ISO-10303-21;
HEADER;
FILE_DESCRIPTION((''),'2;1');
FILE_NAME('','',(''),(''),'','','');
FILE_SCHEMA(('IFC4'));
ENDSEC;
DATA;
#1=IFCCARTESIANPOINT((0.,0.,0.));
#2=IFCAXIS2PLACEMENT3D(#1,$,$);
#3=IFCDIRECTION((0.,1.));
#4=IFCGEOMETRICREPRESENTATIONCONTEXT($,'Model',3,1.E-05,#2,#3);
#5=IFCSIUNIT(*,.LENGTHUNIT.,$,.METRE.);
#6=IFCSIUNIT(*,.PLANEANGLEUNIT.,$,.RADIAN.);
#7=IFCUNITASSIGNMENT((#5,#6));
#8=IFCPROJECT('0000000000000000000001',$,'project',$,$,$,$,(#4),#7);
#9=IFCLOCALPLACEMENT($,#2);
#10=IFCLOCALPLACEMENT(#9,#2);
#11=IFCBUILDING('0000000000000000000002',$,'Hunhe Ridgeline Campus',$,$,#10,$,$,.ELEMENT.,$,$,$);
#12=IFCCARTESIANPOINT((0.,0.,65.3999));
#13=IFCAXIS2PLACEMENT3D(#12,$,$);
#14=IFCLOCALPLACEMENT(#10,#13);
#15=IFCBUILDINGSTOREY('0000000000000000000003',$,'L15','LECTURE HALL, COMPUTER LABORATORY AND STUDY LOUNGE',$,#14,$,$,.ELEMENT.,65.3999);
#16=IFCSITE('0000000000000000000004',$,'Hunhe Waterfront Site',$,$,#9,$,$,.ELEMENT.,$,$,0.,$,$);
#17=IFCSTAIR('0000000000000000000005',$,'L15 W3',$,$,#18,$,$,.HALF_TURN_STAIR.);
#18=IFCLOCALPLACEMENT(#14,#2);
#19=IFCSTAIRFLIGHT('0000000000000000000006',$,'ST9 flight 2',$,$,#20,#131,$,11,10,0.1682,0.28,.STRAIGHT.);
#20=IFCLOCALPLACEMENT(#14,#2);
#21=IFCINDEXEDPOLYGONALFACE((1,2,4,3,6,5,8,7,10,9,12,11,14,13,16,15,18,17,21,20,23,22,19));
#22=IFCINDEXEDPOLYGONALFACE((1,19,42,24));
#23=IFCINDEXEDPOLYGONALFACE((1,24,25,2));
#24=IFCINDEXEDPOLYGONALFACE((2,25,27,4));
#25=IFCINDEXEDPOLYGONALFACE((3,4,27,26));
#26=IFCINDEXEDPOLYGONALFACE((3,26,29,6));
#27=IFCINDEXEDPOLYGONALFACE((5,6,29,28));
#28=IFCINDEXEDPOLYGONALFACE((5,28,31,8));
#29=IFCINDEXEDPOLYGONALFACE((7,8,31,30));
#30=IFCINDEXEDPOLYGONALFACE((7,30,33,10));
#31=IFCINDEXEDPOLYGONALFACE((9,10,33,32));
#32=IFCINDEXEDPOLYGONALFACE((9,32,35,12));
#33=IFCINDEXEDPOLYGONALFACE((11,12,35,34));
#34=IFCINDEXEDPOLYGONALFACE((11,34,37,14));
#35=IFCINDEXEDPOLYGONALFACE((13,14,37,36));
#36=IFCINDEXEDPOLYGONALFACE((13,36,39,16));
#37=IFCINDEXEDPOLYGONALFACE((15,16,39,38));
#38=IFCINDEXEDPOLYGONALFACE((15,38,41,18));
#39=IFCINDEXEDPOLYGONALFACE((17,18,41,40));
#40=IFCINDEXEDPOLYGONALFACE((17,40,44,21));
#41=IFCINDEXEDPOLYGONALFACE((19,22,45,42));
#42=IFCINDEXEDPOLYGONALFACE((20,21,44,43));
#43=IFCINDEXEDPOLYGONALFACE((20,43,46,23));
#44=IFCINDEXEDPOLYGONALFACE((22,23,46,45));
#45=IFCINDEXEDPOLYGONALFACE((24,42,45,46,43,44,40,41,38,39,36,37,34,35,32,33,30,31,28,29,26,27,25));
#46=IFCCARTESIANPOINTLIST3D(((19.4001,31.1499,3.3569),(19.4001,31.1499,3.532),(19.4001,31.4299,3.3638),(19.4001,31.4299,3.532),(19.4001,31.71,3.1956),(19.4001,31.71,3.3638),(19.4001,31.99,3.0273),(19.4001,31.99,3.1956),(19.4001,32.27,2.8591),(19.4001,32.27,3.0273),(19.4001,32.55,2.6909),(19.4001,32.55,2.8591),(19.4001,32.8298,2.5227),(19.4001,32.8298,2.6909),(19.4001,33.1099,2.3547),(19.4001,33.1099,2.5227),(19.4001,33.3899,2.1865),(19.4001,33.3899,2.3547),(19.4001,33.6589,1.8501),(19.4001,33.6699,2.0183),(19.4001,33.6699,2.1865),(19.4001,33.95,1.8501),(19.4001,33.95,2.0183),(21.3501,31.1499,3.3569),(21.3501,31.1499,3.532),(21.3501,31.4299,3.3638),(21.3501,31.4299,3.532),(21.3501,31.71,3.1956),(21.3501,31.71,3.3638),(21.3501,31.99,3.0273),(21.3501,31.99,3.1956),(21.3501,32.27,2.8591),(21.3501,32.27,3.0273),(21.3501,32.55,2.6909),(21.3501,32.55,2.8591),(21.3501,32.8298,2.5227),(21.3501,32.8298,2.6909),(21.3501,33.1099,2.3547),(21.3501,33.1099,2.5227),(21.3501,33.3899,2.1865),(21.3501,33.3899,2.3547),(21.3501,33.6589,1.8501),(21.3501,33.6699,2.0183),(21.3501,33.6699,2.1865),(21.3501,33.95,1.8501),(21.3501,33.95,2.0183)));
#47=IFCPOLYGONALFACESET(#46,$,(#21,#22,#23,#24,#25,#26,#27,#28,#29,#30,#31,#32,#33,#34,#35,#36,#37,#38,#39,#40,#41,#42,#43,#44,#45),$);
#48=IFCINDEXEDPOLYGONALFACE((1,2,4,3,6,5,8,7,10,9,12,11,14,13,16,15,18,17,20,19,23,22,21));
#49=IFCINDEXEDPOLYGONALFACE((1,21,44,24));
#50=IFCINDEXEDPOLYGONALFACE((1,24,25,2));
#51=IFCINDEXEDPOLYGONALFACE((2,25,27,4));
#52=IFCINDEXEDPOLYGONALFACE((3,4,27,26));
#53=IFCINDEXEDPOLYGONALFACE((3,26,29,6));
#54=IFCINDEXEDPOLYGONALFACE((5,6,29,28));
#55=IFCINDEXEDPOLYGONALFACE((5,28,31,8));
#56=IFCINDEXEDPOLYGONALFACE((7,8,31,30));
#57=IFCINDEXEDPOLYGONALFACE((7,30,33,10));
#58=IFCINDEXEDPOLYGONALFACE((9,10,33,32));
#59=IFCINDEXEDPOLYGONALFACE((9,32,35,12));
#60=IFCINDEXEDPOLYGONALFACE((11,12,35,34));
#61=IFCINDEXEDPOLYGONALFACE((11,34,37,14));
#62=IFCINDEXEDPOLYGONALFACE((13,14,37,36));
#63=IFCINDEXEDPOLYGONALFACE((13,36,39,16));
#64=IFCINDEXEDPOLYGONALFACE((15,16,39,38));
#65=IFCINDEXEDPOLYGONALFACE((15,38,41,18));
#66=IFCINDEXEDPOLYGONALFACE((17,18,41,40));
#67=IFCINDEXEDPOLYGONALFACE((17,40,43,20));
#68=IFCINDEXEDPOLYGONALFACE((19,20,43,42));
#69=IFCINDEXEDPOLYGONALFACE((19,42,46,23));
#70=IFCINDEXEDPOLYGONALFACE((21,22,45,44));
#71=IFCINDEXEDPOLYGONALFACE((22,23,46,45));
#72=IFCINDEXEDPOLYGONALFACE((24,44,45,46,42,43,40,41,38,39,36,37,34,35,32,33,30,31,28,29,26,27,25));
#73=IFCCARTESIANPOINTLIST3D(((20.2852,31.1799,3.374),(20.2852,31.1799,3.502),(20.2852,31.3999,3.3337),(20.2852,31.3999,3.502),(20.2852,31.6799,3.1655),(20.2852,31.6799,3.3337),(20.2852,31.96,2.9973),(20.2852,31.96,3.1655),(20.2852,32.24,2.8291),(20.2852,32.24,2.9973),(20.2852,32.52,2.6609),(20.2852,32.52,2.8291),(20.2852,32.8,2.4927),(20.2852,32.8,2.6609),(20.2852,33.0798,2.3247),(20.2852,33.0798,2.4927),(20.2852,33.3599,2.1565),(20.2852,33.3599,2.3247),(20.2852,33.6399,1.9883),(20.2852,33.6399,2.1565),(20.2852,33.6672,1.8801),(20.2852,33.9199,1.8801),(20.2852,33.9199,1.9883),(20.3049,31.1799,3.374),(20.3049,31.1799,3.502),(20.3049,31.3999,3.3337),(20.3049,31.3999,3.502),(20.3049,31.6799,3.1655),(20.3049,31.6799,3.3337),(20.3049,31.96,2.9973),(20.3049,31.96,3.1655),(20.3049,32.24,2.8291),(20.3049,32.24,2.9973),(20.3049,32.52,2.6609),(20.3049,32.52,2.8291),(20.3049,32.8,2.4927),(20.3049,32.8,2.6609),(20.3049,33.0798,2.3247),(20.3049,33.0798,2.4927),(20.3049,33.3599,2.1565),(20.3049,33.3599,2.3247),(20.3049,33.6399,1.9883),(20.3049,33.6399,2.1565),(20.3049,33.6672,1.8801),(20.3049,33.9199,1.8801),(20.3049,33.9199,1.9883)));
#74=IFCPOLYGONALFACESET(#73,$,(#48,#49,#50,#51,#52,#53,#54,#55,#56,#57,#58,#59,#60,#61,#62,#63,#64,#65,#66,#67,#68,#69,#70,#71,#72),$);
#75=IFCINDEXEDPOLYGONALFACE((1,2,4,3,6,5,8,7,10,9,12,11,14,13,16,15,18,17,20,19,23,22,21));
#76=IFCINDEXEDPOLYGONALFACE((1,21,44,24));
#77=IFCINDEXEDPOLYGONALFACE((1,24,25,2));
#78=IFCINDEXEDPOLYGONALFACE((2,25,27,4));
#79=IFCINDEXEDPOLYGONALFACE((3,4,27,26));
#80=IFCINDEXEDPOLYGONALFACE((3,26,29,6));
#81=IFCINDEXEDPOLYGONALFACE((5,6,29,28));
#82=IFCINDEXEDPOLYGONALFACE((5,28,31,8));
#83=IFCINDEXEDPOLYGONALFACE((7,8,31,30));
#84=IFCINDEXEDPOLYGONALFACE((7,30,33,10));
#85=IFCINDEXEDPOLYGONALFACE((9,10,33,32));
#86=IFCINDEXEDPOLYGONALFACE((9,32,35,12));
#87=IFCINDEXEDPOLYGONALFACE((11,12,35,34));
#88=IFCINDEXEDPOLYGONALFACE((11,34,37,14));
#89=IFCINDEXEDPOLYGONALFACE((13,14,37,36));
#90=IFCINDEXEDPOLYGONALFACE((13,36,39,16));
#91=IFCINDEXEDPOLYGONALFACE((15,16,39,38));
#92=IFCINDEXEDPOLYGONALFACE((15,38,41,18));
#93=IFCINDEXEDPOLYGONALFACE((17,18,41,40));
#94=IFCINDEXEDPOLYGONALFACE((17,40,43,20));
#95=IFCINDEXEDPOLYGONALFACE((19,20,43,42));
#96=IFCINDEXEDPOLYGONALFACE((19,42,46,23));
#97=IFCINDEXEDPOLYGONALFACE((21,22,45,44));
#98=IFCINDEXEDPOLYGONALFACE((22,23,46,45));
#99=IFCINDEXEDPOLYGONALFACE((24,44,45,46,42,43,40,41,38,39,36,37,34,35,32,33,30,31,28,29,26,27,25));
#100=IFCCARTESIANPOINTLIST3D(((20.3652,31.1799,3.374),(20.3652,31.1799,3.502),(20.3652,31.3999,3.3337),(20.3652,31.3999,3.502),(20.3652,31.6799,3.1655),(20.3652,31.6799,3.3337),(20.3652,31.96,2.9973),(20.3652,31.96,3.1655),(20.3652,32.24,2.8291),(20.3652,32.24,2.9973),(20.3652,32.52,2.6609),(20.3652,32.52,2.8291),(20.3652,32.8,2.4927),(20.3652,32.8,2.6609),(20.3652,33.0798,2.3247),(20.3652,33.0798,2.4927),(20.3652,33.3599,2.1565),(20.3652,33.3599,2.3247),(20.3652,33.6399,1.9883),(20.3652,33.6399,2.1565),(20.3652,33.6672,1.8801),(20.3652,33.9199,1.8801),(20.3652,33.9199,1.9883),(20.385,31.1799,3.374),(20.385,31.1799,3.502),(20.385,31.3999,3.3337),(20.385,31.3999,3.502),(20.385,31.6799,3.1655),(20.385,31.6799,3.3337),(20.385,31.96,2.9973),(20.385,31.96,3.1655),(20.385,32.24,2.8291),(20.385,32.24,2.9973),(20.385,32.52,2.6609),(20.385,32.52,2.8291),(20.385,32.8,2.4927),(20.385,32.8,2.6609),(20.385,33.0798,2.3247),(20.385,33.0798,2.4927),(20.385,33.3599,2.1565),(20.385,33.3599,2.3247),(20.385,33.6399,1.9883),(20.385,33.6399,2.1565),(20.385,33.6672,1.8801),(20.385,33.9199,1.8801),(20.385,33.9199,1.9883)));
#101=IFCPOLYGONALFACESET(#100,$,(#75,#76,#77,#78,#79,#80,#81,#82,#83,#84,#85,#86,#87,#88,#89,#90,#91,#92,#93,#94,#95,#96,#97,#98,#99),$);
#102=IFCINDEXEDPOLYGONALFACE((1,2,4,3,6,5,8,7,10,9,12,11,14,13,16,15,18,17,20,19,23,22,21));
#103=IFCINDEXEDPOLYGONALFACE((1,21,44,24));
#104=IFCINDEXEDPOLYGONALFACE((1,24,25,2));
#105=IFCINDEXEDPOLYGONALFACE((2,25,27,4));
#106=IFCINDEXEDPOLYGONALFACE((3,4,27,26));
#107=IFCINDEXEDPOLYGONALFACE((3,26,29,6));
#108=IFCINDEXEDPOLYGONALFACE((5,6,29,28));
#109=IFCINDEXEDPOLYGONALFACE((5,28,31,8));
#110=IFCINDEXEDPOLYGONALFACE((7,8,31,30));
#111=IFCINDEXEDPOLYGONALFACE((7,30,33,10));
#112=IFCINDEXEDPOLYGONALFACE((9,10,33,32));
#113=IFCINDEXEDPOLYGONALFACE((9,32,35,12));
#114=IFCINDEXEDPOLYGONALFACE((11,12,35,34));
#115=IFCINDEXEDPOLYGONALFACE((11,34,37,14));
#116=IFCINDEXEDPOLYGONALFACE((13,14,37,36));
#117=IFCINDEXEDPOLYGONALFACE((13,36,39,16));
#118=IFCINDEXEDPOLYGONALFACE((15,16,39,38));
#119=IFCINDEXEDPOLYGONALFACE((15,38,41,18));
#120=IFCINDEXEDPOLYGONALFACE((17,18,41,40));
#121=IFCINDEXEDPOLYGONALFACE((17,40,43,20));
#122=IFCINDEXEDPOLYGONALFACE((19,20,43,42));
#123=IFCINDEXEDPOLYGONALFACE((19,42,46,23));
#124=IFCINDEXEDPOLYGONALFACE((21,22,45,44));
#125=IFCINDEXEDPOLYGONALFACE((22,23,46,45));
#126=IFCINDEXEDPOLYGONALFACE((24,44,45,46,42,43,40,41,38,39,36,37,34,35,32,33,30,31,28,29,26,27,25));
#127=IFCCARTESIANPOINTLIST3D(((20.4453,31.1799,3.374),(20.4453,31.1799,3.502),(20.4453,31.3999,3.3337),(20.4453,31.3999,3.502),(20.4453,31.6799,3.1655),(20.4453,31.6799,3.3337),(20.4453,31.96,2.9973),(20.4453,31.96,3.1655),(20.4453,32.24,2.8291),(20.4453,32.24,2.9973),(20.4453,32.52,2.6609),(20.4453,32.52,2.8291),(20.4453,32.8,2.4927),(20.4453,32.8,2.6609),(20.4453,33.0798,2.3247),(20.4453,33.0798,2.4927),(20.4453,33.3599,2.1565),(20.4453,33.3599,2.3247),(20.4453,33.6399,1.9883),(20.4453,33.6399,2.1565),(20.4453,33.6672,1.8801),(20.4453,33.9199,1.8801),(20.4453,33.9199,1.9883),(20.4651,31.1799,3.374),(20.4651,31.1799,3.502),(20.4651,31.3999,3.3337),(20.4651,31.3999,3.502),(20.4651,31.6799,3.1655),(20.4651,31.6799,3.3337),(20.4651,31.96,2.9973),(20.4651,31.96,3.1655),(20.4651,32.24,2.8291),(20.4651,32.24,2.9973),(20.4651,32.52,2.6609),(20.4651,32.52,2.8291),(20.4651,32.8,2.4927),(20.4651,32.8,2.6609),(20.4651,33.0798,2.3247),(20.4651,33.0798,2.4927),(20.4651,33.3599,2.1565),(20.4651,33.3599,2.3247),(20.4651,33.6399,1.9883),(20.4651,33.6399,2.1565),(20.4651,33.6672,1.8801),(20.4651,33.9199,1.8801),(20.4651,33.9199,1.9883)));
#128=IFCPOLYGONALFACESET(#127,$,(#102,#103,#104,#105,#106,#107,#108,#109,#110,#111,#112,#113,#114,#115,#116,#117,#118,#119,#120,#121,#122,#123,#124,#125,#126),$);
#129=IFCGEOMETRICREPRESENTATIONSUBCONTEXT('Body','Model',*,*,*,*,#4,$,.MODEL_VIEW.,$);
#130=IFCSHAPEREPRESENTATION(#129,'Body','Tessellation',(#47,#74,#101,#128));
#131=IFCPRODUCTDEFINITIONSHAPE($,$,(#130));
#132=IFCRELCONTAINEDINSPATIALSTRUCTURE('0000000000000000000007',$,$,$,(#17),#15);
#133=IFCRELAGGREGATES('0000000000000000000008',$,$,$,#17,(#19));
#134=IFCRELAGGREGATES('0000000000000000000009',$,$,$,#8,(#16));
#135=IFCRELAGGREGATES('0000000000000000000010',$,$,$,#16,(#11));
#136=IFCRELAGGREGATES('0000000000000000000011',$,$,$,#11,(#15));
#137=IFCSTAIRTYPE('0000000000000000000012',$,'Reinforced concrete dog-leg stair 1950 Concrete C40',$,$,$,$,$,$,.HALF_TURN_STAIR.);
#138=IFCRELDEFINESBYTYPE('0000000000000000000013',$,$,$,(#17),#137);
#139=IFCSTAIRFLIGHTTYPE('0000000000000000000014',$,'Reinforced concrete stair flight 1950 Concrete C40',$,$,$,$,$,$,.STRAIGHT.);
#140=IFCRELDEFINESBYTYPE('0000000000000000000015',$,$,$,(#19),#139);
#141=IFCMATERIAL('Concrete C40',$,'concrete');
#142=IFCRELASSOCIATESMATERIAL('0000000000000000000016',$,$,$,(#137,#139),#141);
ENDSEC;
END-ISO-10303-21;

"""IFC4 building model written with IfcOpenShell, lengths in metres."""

from ifc_helpers import new_model, si_unit, direction, frame, origin, place, context, subcontext, project, spatial, polyline, outline, extrude, material, type_object, element, aggregate, save


model = new_model("IFC4")

# Units and contexts
model_context = context("Model", 3, precision=1e-05, world=origin(), true_north=direction((0.0, 1.0)))
body_context = subcontext(model_context, "Body", "Model", "MODEL_VIEW")
ifc_project = project(units=[si_unit("LENGTHUNIT", "METRE"), si_unit("PLANEANGLEUNIT", "RADIAN")], contexts=[model_context])

# Site, building, storey
site_placement = place(None, origin())
site = spatial("IfcSite", under=ifc_project, at=site_placement, Name="Hunhe Waterfront Site", CompositionType="ELEMENT", RefElevation=0.0)
building_placement = place(site_placement, origin())
building = spatial("IfcBuilding", under=site, at=building_placement, Name="Hunhe Ridgeline Campus", CompositionType="ELEMENT")
storey_placement = place(building_placement, frame((0.0, 0.0, 65.3999)))
storey = spatial("IfcBuildingStorey", under=building, at=storey_placement, Name="L15", Description="LECTURE HALL, COMPUTER LABORATORY AND STUDY LOUNGE", CompositionType="ELEMENT", Elevation=65.3999)

# Stair, stair flight
ifc_material_1 = material(Name="Concrete C40", Category="concrete")
stair_type = type_object("IfcStairType", Name="Reinforced concrete dog-leg stair 1950 Concrete C40", PredefinedType="HALF_TURN_STAIR", material=ifc_material_1)
stair_placement = place(storey_placement, origin())
stair = element("IfcStair", 1, at=stair_placement, inside=storey, type_object=stair_type, Name="L15 W3", PredefinedType="HALF_TURN_STAIR")
stair_flight_type = type_object("IfcStairFlightType", Name="Reinforced concrete stair flight 1950 Concrete C40", PredefinedType="STRAIGHT", material=ifc_material_1)
stair_flight_1_placement = place(storey_placement, frame((20.375, 33.95, 1.8501), z_axis=(0.0, 0.0, 1.0), x_axis=(0.0, -1.0, 0.0)))
stair_flight_1 = element("IfcStairFlight", 2, at=stair_flight_1_placement, type_object=stair_flight_type, Name="ST9 flight 2", NumberOfRisers=11, NumberOfTreads=10, PredefinedType="STRAIGHT", RiserHeight=0.1682, TreadLength=0.28, context=body_context, shape_type="SweptSolid", body=[
    extrude(outline(polyline([(0.0, 0.0), (0.0, 0.1682), (0.28, 0.1682), (0.28, 0.3364), (0.5601, 0.3364), (0.5601, 0.5046), (0.8401, 0.5046), (0.8401, 0.6726), (1.1201, 0.6726), (1.1201, 0.8408), (1.3999, 0.8408), (1.3999, 1.009), (1.6799, 1.009), (1.6799, 1.1772), (1.96, 1.1772), (1.96, 1.3455), (2.24, 1.3455), (2.24, 1.5137), (2.52, 1.5137), (2.52, 1.6819), (2.8, 1.6819), (2.8, 1.8501), (2.8, 1.5068), (0.291, 0.0), (0.0, 0.0)])), frame((0.0, 0.9751, 0.0), z_axis=(0.0, -1.0, 0.0), x_axis=(1.0, 0.0, 0.0)), (0.0, 0.0, 1.0), 1.95),
    extrude(outline(polyline([(0.03, 0.03), (0.03, 0.1382), (0.3101, 0.1382), (0.3101, 0.3064), (0.5901, 0.3064), (0.5901, 0.4746), (0.8701, 0.4746), (0.8701, 0.6426), (1.1499, 0.6426), (1.1499, 0.8108), (1.4299, 0.8108), (1.4299, 0.979), (1.71, 0.979), (1.71, 1.1472), (1.99, 1.1472), (1.99, 1.3154), (2.27, 1.3154), (2.27, 1.4836), (2.55, 1.4836), (2.55, 1.6519), (2.77, 1.6519), (2.77, 1.5239), (0.2827, 0.03), (0.03, 0.03)])), frame((0.0, -0.0701, 0.0), z_axis=(0.0, -1.0, 0.0), x_axis=(1.0, 0.0, 0.0)), (0.0, 0.0, 1.0), 0.0198),
    extrude(outline(polyline([(0.03, 0.03), (0.03, 0.1382), (0.3101, 0.1382), (0.3101, 0.3064), (0.5901, 0.3064), (0.5901, 0.4746), (0.8701, 0.4746), (0.8701, 0.6426), (1.1499, 0.6426), (1.1499, 0.8108), (1.4299, 0.8108), (1.4299, 0.979), (1.71, 0.979), (1.71, 1.1472), (1.99, 1.1472), (1.99, 1.3154), (2.27, 1.3154), (2.27, 1.4836), (2.55, 1.4836), (2.55, 1.6519), (2.77, 1.6519), (2.77, 1.5239), (0.2827, 0.03), (0.03, 0.03)])), frame((0.0, 0.01, 0.0), z_axis=(0.0, -1.0, 0.0), x_axis=(1.0, 0.0, 0.0)), (0.0, 0.0, 1.0), 0.0198),
    extrude(outline(polyline([(0.03, 0.03), (0.03, 0.1382), (0.3101, 0.1382), (0.3101, 0.3064), (0.5901, 0.3064), (0.5901, 0.4746), (0.8701, 0.4746), (0.8701, 0.6426), (1.1499, 0.6426), (1.1499, 0.8108), (1.4299, 0.8108), (1.4299, 0.979), (1.71, 0.979), (1.71, 1.1472), (1.99, 1.1472), (1.99, 1.3154), (2.27, 1.3154), (2.27, 1.4836), (2.55, 1.4836), (2.55, 1.6519), (2.77, 1.6519), (2.77, 1.5239), (0.2827, 0.03), (0.03, 0.03)])), frame((0.0, 0.0901, 0.0), z_axis=(0.0, -1.0, 0.0), x_axis=(1.0, 0.0, 0.0)), (0.0, 0.0, 1.0), 0.0198),
])
aggregate(stair, [stair_flight_1])

save(model, "model.ifc")
